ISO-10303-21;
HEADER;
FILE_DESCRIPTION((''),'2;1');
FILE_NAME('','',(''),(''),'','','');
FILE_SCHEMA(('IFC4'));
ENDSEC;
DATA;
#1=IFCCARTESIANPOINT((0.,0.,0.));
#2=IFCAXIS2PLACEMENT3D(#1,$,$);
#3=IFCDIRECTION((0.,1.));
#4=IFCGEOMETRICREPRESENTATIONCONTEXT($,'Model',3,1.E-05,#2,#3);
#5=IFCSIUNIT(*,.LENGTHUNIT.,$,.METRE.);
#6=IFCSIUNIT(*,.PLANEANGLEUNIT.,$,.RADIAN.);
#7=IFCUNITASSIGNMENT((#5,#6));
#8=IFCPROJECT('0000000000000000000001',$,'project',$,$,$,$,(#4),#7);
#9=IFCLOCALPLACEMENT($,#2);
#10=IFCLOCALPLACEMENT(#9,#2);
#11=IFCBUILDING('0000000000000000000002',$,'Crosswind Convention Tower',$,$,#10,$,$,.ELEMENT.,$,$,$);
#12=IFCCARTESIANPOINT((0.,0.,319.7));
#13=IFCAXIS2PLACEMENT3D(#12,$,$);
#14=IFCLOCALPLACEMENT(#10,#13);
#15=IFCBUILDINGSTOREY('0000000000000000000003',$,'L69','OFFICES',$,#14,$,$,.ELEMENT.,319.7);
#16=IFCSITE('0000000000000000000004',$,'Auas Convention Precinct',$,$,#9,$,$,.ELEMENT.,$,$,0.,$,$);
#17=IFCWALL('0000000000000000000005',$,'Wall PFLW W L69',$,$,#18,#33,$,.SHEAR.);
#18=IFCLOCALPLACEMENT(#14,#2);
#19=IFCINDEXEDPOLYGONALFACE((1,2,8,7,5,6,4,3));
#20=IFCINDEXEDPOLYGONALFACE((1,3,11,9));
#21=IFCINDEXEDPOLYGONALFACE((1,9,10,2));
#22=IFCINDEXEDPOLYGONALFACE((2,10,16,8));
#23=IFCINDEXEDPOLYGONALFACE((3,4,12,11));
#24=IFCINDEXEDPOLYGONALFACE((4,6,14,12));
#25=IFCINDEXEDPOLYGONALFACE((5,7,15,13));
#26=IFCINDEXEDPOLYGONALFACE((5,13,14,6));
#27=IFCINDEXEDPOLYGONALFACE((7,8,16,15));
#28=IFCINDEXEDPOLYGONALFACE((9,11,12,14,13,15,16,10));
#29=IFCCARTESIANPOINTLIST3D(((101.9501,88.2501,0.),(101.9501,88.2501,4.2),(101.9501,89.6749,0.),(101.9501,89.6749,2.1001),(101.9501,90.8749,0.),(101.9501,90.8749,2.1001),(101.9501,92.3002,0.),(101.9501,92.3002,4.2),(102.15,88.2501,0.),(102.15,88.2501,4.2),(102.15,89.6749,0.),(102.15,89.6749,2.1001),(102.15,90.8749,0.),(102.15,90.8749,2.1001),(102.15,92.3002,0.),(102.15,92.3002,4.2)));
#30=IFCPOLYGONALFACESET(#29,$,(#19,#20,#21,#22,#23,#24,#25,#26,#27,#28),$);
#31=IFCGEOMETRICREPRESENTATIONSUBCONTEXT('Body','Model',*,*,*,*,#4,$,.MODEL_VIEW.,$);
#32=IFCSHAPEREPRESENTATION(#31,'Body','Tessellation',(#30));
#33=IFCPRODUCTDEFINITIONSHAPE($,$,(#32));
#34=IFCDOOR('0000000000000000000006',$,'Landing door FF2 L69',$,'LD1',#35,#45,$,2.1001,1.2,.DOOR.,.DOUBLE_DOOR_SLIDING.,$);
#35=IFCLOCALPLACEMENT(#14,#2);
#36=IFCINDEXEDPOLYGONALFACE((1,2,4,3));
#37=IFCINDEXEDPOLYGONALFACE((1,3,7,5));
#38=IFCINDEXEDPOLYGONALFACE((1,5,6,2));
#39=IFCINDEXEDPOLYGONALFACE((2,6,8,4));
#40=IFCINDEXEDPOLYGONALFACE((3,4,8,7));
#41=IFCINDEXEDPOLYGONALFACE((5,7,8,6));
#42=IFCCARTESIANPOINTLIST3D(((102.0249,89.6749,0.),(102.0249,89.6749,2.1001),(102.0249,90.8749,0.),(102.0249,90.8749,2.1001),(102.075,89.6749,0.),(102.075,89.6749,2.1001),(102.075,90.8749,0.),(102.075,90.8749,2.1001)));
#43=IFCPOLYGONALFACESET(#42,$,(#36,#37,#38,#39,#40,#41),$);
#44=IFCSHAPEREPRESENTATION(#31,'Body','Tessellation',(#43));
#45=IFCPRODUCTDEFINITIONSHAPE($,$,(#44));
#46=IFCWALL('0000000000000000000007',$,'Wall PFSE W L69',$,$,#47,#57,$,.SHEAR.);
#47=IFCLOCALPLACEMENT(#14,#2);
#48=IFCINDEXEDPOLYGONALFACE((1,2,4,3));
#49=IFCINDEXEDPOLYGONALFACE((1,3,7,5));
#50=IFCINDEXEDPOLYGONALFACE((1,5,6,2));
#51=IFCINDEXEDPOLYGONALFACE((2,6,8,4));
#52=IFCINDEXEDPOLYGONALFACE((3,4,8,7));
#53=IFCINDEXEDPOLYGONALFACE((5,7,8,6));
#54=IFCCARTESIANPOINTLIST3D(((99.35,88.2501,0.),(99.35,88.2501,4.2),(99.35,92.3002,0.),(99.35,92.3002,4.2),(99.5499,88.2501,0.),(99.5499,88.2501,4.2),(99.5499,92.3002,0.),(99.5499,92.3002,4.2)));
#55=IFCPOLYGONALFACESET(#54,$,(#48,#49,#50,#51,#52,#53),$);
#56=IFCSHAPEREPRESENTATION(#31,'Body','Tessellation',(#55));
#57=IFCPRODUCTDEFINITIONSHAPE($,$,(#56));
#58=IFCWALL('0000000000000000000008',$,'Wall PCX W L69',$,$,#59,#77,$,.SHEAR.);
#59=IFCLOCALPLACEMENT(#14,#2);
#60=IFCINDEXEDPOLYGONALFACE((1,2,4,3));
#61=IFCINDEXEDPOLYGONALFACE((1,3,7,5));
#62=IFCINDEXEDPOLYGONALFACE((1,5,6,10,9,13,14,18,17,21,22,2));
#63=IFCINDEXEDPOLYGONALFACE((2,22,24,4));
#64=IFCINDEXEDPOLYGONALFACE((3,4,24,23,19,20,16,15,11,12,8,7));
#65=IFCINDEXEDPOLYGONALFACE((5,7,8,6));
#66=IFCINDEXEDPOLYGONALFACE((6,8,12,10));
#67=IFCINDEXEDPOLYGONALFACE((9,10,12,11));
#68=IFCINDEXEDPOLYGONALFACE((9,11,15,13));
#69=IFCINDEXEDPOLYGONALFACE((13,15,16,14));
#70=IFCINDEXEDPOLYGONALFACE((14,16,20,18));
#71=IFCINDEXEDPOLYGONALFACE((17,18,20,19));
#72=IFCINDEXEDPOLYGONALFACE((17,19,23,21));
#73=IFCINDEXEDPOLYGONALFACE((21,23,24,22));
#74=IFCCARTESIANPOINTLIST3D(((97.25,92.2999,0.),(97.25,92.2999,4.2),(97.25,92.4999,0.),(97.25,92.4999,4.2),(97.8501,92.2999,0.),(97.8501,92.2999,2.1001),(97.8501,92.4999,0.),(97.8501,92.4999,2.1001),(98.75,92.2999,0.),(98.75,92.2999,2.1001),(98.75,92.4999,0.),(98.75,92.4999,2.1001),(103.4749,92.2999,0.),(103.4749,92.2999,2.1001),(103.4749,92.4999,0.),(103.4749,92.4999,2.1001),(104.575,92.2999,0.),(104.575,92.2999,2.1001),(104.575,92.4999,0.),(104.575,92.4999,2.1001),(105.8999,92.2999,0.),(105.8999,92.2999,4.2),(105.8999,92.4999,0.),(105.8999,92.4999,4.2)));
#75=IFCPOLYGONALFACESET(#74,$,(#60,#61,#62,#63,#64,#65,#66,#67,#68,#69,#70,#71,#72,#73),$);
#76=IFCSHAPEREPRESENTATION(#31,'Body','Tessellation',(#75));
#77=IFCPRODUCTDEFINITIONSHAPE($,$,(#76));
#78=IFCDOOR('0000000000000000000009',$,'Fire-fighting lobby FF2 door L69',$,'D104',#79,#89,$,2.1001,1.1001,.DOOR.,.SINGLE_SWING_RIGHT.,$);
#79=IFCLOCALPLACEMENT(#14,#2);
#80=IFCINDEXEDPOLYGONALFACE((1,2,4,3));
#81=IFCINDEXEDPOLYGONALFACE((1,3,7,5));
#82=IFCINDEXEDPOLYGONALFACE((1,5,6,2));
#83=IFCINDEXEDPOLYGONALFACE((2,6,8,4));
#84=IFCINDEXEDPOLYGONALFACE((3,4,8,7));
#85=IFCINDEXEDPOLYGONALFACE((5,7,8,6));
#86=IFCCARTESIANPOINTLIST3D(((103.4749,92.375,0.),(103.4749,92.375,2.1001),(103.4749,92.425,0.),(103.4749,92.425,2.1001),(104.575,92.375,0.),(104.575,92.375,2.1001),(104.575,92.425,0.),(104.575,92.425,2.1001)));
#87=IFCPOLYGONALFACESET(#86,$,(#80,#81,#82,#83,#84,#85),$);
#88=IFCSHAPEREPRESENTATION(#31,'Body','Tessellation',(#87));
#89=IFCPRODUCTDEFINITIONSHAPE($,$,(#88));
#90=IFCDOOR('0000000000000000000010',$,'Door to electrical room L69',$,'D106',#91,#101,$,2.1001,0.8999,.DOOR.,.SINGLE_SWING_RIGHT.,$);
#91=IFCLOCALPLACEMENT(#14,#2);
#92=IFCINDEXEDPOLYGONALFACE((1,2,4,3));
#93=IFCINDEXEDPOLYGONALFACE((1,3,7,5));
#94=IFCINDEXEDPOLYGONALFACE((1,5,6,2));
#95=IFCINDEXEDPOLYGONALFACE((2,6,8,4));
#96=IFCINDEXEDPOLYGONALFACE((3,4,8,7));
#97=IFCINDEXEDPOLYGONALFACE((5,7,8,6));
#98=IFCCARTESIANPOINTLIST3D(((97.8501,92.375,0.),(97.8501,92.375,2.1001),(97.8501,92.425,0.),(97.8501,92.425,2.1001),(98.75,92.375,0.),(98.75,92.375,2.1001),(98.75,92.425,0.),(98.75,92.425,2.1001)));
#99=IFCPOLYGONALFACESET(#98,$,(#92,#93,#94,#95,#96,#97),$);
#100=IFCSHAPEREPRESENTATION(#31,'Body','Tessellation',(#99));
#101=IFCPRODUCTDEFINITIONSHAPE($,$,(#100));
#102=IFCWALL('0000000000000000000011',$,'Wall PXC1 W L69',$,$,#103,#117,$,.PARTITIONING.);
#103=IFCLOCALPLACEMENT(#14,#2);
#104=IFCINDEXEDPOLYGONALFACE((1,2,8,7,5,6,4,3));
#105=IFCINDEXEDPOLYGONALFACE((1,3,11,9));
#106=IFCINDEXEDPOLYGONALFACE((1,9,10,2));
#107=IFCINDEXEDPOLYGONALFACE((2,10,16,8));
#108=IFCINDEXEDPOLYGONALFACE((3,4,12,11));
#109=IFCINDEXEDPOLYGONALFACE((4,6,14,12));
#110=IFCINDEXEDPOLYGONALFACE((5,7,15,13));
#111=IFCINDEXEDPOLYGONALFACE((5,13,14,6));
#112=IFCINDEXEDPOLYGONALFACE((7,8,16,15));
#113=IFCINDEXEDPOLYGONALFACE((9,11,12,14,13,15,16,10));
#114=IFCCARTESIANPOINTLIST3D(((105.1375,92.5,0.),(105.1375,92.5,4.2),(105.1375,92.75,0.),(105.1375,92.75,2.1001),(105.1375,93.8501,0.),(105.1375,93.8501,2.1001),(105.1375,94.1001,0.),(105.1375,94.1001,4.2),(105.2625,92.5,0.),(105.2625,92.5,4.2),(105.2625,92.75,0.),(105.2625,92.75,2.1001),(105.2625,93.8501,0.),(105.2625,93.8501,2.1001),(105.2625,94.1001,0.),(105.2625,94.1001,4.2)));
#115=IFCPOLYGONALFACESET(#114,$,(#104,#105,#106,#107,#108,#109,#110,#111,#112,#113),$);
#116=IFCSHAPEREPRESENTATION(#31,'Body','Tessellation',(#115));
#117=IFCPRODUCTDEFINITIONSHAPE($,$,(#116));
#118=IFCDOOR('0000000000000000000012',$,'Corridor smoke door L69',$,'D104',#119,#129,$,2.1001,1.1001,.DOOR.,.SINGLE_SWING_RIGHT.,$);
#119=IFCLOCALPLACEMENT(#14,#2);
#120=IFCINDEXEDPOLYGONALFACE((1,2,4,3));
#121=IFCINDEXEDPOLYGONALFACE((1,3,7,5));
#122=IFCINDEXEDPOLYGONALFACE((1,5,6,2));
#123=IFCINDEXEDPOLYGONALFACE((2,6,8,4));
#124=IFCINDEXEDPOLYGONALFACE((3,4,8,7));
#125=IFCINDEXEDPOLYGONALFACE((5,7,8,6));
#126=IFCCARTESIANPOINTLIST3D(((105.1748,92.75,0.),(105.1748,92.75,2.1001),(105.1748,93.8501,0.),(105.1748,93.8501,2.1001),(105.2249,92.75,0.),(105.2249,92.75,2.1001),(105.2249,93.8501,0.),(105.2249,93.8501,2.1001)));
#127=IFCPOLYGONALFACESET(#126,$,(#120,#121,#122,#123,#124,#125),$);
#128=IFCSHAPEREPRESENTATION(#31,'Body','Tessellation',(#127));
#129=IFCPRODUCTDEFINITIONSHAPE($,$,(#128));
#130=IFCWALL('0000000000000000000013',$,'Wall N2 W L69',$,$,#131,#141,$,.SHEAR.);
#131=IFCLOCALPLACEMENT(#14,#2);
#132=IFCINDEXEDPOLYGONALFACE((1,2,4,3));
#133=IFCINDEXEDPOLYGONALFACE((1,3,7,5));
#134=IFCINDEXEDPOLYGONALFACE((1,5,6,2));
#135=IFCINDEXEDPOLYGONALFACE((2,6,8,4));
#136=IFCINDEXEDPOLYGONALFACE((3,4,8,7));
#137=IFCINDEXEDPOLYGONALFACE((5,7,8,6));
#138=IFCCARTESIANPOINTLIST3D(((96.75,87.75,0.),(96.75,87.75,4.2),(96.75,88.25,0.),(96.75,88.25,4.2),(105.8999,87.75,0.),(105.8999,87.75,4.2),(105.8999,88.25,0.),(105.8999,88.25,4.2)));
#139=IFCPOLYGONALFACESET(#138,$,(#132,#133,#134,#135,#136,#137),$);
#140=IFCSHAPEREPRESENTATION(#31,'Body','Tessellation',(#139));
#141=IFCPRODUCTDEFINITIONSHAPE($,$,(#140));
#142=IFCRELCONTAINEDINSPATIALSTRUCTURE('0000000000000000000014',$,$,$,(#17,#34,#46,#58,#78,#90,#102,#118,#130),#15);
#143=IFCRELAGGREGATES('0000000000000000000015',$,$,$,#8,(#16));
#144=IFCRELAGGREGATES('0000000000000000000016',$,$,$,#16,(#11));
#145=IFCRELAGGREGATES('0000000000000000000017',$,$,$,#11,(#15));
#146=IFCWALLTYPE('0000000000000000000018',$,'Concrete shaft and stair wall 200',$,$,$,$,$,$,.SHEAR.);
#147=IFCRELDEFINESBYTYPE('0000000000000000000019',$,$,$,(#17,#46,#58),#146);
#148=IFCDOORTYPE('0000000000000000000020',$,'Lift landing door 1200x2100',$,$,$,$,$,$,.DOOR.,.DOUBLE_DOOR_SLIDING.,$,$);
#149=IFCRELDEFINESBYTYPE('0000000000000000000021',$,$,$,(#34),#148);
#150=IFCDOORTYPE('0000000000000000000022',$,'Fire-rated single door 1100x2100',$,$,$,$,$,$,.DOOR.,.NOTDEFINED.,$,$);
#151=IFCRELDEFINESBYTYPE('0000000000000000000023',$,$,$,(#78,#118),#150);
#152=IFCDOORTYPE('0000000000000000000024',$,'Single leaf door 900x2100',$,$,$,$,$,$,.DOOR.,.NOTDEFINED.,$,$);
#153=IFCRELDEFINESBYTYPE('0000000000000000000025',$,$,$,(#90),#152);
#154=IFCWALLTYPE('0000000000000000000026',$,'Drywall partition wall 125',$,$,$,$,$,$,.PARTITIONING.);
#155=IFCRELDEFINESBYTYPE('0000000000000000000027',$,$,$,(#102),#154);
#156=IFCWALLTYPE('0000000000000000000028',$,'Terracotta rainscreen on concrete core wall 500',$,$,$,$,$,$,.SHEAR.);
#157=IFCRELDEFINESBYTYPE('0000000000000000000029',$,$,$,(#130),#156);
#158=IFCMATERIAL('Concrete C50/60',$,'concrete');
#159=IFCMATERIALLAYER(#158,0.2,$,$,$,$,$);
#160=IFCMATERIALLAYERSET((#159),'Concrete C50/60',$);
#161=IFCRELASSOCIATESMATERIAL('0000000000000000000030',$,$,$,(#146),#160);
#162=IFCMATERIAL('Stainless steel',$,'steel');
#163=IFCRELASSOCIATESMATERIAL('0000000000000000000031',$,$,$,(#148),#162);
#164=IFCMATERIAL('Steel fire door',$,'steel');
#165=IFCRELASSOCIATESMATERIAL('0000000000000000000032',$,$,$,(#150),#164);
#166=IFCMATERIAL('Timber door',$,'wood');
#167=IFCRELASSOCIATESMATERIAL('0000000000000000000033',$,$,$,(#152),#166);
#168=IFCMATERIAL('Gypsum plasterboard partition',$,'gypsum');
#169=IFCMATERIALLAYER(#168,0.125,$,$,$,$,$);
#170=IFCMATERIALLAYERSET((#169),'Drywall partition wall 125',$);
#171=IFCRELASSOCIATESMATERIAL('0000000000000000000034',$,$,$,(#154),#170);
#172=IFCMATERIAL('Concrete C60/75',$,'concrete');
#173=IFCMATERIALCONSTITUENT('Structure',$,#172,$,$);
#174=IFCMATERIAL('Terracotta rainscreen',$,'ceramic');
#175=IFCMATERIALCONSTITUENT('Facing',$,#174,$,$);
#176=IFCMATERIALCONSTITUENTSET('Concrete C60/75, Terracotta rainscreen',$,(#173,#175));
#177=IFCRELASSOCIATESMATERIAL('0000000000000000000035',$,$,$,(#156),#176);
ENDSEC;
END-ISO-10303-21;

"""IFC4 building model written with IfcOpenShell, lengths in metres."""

from ifc_helpers import new_model, si_unit, direction, frame, frame_2d, origin, place, context, subcontext, project, spatial, rectangle, extrude, material, layer, layer_set, constituent, constituent_set, type_object, element, fill, save


model = new_model("IFC4")

# Units and contexts
model_context = context("Model", 3, precision=1e-05, world=origin(), true_north=direction((0.0, 1.0)))
body_context = subcontext(model_context, "Body", "Model", "MODEL_VIEW")
ifc_project = project(units=[si_unit("LENGTHUNIT", "METRE"), si_unit("PLANEANGLEUNIT", "RADIAN")], contexts=[model_context])

# Site, building, storey
site_placement = place(None, origin())
site = spatial("IfcSite", under=ifc_project, at=site_placement, Name="Auas Convention Precinct", CompositionType="ELEMENT", RefElevation=0.0)
building_placement = place(site_placement, origin())
building = spatial("IfcBuilding", under=site, at=building_placement, Name="Crosswind Convention Tower", CompositionType="ELEMENT")
storey_placement = place(building_placement, frame((0.0, 0.0, 319.7)))
storey = spatial("IfcBuildingStorey", under=building, at=storey_placement, Name="L69", Description="OFFICES", CompositionType="ELEMENT", Elevation=319.7)

# Shared definitions
ifc_material_1 = material(Name="Concrete C50/60", Category="concrete")
ifc_layer_1 = layer(ifc_material_1, 0.2)
ifc_layer_set_1 = layer_set([ifc_layer_1], Name="Concrete C50/60")
wall_type_1 = type_object("IfcWallType", Name="Concrete shaft and stair wall 200", PredefinedType="SHEAR", material=ifc_layer_set_1)

# Wall, opening, door
wall_1_placement = place(storey_placement, frame((102.05, 92.3, 0.0), z_axis=(0.0, 0.0, 1.0), x_axis=(0.0, -1.0, 0.0)))
wall_1 = element("IfcWall", 1, at=wall_1_placement, inside=storey, type_object=wall_type_1, Name="Wall PFLW W L69", PredefinedType="SHEAR", context=body_context, shape_type="SweptSolid", body=[
    extrude(rectangle(XDim=4.05, YDim=0.2, at=frame_2d((2.0249, 0.0))), origin(), (0.0, 0.0, 1.0), 4.2),
])
opening_1_placement = place(wall_1_placement, frame((1.425, 0.0, 0.0)))
opening_1 = element("IfcOpeningElement", 2, at=opening_1_placement, cuts=wall_1, PredefinedType="OPENING", context=body_context, shape_type="SweptSolid", body=[
    extrude(rectangle(XDim=1.2, YDim=2.1001, at=frame_2d((0.6001, 1.05))), frame((0.0, 0.1099, 0.0), z_axis=(0.0, -1.0, 0.0), x_axis=(1.0, 0.0, 0.0)), (0.0, 0.0, 1.0), 0.22),
])
ifc_material_2 = material(Name="Stainless steel", Category="steel")
door_type_1 = type_object("IfcDoorType", Name="Lift landing door 1200x2100", OperationType="DOUBLE_DOOR_SLIDING", PredefinedType="DOOR", material=ifc_material_2)
door_1_placement = place(opening_1_placement, origin())
door_1 = element("IfcDoor", 3, at=door_1_placement, inside=storey, type_object=door_type_1, Name="Landing door FF2 L69", ObjectType="LD1", OperationType="DOUBLE_DOOR_SLIDING", OverallHeight=2.1001, OverallWidth=1.2, PredefinedType="DOOR", context=body_context, shape_type="SweptSolid", body=[
    extrude(rectangle(XDim=1.2, YDim=2.1001, at=frame_2d((0.6001, 1.05))), frame((0.0, 0.0249, 0.0), z_axis=(0.0, -1.0, 0.0), x_axis=(1.0, 0.0, 0.0)), (0.0, 0.0, 1.0), 0.05),
])
fill(opening_1, door_1)

# Wall
wall_2_placement = place(storey_placement, frame((99.45, 92.3, 0.0), z_axis=(0.0, 0.0, 1.0), x_axis=(0.0, -1.0, 0.0)))
element("IfcWall", 4, at=wall_2_placement, inside=storey, type_object=wall_type_1, Name="Wall PFSE W L69", PredefinedType="SHEAR", context=body_context, shape_type="SweptSolid", body=[
    extrude(rectangle(XDim=4.05, YDim=0.2, at=frame_2d((2.0249, 0.0))), origin(), (0.0, 0.0, 1.0), 4.2),
])

# Wall, openings, doors
wall_3_placement = place(storey_placement, frame((105.8999, 92.3999, 0.0), z_axis=(0.0, 0.0, 1.0), x_axis=(-1.0, 0.0, 0.0)))
wall_3 = element("IfcWall", 5, at=wall_3_placement, inside=storey, type_object=wall_type_1, Name="Wall PCX W L69", PredefinedType="SHEAR", context=body_context, shape_type="SweptSolid", body=[
    extrude(rectangle(XDim=8.6499, YDim=0.2, at=frame_2d((4.325, 0.0))), origin(), (0.0, 0.0, 1.0), 4.2),
])
opening_2_placement = place(wall_3_placement, frame((1.325, 0.0, 0.0)))
opening_2 = element("IfcOpeningElement", 6, at=opening_2_placement, cuts=wall_3, PredefinedType="OPENING", context=body_context, shape_type="SweptSolid", body=[
    extrude(rectangle(XDim=1.1001, YDim=2.1001, at=frame_2d((0.55, 1.05))), frame((0.0, 0.1099, 0.0), z_axis=(0.0, -1.0, 0.0), x_axis=(1.0, 0.0, 0.0)), (0.0, 0.0, 1.0), 0.22),
])
opening_3_placement = place(wall_3_placement, frame((7.1499, 0.0, 0.0)))
opening_3 = element("IfcOpeningElement", 7, at=opening_3_placement, cuts=wall_3, PredefinedType="OPENING", context=body_context, shape_type="SweptSolid", body=[
    extrude(rectangle(XDim=0.8999, YDim=2.1001, at=frame_2d((0.45, 1.05))), frame((0.0, 0.1099, 0.0), z_axis=(0.0, -1.0, 0.0), x_axis=(1.0, 0.0, 0.0)), (0.0, 0.0, 1.0), 0.22),
])
ifc_material_3 = material(Name="Steel fire door", Category="steel")
door_type_2 = type_object("IfcDoorType", Name="Fire-rated single door 1100x2100", OperationType="NOTDEFINED", PredefinedType="DOOR", material=ifc_material_3)
door_2_placement = place(opening_2_placement, origin())
door_2 = element("IfcDoor", 8, at=door_2_placement, inside=storey, type_object=door_type_2, Name="Fire-fighting lobby FF2 door L69", ObjectType="D104", OperationType="SINGLE_SWING_RIGHT", OverallHeight=2.1001, OverallWidth=1.1001, PredefinedType="DOOR", context=body_context, shape_type="SweptSolid", body=[
    extrude(rectangle(XDim=1.1001, YDim=2.1001, at=frame_2d((0.55, 1.05))), frame((0.0, 0.0249, 0.0), z_axis=(0.0, -1.0, 0.0), x_axis=(1.0, 0.0, 0.0)), (0.0, 0.0, 1.0), 0.05),
])
fill(opening_2, door_2)
ifc_material_4 = material(Name="Timber door", Category="wood")
door_type_3 = type_object("IfcDoorType", Name="Single leaf door 900x2100", OperationType="NOTDEFINED", PredefinedType="DOOR", material=ifc_material_4)
door_3_placement = place(opening_3_placement, origin())
door_3 = element("IfcDoor", 9, at=door_3_placement, inside=storey, type_object=door_type_3, Name="Door to electrical room L69", ObjectType="D106", OperationType="SINGLE_SWING_RIGHT", OverallHeight=2.1001, OverallWidth=0.8999, PredefinedType="DOOR", context=body_context, shape_type="SweptSolid", body=[
    extrude(rectangle(XDim=0.8999, YDim=2.1001, at=frame_2d((0.45, 1.05))), frame((0.0, 0.0249, 0.0), z_axis=(0.0, -1.0, 0.0), x_axis=(1.0, 0.0, 0.0)), (0.0, 0.0, 1.0), 0.05),
])
fill(opening_3, door_3)

# Wall, opening, door
ifc_material_5 = material(Name="Gypsum plasterboard partition", Category="gypsum")
ifc_layer_2 = layer(ifc_material_5, 0.125)
ifc_layer_set_2 = layer_set([ifc_layer_2], Name="Drywall partition wall 125")
wall_type_2 = type_object("IfcWallType", Name="Drywall partition wall 125", PredefinedType="PARTITIONING", material=ifc_layer_set_2)
wall_4_placement = place(storey_placement, frame((105.2, 94.1001, 0.0), z_axis=(0.0, 0.0, 1.0), x_axis=(0.0, -1.0, 0.0)))
wall_4 = element("IfcWall", 10, at=wall_4_placement, inside=storey, type_object=wall_type_2, Name="Wall PXC1 W L69", PredefinedType="PARTITIONING", context=body_context, shape_type="SweptSolid", body=[
    extrude(rectangle(XDim=1.6001, YDim=0.125, at=frame_2d((0.8, 0.0))), origin(), (0.0, 0.0, 1.0), 4.2),
])
opening_4_placement = place(wall_4_placement, frame((0.25, 0.0, 0.0)))
opening_4 = element("IfcOpeningElement", 11, at=opening_4_placement, cuts=wall_4, PredefinedType="OPENING", context=body_context, shape_type="SweptSolid", body=[
    extrude(rectangle(XDim=1.1001, YDim=2.1001, at=frame_2d((0.55, 1.05))), frame((0.0, 0.0725, 0.0), z_axis=(0.0, -1.0, 0.0), x_axis=(1.0, 0.0, 0.0)), (0.0, 0.0, 1.0), 0.145),
])
door_4_placement = place(opening_4_placement, origin())
door_4 = element("IfcDoor", 12, at=door_4_placement, inside=storey, type_object=door_type_2, Name="Corridor smoke door L69", ObjectType="D104", OperationType="SINGLE_SWING_RIGHT", OverallHeight=2.1001, OverallWidth=1.1001, PredefinedType="DOOR", context=body_context, shape_type="SweptSolid", body=[
    extrude(rectangle(XDim=1.1001, YDim=2.1001, at=frame_2d((0.55, 1.05))), frame((0.0, 0.0249, 0.0), z_axis=(0.0, -1.0, 0.0), x_axis=(1.0, 0.0, 0.0)), (0.0, 0.0, 1.0), 0.05),
])
fill(opening_4, door_4)

# Wall
ifc_material_6 = material(Name="Concrete C60/75", Category="concrete")
ifc_constituent_1 = constituent(ifc_material_6, Name="Structure")
ifc_material_7 = material(Name="Terracotta rainscreen", Category="ceramic")
ifc_constituent_2 = constituent(ifc_material_7, Name="Facing")
ifc_constituent_set = constituent_set(constituents=[ifc_constituent_1, ifc_constituent_2], Name="Concrete C60/75, Terracotta rainscreen")
wall_type_3 = type_object("IfcWallType", Name="Terracotta rainscreen on concrete core wall 500", PredefinedType="SHEAR", material=ifc_constituent_set)
wall_5_placement = place(storey_placement, frame((105.8999, 88.0, 0.0), z_axis=(0.0, 0.0, 1.0), x_axis=(-1.0, 0.0, 0.0)))
element("IfcWall", 13, at=wall_5_placement, inside=storey, type_object=wall_type_3, Name="Wall N2 W L69", PredefinedType="SHEAR", context=body_context, shape_type="SweptSolid", body=[
    extrude(rectangle(XDim=9.1499, YDim=0.5, at=frame_2d((4.575, 0.0))), origin(), (0.0, 0.0, 1.0), 4.2),
])

save(model, "model.ifc")
